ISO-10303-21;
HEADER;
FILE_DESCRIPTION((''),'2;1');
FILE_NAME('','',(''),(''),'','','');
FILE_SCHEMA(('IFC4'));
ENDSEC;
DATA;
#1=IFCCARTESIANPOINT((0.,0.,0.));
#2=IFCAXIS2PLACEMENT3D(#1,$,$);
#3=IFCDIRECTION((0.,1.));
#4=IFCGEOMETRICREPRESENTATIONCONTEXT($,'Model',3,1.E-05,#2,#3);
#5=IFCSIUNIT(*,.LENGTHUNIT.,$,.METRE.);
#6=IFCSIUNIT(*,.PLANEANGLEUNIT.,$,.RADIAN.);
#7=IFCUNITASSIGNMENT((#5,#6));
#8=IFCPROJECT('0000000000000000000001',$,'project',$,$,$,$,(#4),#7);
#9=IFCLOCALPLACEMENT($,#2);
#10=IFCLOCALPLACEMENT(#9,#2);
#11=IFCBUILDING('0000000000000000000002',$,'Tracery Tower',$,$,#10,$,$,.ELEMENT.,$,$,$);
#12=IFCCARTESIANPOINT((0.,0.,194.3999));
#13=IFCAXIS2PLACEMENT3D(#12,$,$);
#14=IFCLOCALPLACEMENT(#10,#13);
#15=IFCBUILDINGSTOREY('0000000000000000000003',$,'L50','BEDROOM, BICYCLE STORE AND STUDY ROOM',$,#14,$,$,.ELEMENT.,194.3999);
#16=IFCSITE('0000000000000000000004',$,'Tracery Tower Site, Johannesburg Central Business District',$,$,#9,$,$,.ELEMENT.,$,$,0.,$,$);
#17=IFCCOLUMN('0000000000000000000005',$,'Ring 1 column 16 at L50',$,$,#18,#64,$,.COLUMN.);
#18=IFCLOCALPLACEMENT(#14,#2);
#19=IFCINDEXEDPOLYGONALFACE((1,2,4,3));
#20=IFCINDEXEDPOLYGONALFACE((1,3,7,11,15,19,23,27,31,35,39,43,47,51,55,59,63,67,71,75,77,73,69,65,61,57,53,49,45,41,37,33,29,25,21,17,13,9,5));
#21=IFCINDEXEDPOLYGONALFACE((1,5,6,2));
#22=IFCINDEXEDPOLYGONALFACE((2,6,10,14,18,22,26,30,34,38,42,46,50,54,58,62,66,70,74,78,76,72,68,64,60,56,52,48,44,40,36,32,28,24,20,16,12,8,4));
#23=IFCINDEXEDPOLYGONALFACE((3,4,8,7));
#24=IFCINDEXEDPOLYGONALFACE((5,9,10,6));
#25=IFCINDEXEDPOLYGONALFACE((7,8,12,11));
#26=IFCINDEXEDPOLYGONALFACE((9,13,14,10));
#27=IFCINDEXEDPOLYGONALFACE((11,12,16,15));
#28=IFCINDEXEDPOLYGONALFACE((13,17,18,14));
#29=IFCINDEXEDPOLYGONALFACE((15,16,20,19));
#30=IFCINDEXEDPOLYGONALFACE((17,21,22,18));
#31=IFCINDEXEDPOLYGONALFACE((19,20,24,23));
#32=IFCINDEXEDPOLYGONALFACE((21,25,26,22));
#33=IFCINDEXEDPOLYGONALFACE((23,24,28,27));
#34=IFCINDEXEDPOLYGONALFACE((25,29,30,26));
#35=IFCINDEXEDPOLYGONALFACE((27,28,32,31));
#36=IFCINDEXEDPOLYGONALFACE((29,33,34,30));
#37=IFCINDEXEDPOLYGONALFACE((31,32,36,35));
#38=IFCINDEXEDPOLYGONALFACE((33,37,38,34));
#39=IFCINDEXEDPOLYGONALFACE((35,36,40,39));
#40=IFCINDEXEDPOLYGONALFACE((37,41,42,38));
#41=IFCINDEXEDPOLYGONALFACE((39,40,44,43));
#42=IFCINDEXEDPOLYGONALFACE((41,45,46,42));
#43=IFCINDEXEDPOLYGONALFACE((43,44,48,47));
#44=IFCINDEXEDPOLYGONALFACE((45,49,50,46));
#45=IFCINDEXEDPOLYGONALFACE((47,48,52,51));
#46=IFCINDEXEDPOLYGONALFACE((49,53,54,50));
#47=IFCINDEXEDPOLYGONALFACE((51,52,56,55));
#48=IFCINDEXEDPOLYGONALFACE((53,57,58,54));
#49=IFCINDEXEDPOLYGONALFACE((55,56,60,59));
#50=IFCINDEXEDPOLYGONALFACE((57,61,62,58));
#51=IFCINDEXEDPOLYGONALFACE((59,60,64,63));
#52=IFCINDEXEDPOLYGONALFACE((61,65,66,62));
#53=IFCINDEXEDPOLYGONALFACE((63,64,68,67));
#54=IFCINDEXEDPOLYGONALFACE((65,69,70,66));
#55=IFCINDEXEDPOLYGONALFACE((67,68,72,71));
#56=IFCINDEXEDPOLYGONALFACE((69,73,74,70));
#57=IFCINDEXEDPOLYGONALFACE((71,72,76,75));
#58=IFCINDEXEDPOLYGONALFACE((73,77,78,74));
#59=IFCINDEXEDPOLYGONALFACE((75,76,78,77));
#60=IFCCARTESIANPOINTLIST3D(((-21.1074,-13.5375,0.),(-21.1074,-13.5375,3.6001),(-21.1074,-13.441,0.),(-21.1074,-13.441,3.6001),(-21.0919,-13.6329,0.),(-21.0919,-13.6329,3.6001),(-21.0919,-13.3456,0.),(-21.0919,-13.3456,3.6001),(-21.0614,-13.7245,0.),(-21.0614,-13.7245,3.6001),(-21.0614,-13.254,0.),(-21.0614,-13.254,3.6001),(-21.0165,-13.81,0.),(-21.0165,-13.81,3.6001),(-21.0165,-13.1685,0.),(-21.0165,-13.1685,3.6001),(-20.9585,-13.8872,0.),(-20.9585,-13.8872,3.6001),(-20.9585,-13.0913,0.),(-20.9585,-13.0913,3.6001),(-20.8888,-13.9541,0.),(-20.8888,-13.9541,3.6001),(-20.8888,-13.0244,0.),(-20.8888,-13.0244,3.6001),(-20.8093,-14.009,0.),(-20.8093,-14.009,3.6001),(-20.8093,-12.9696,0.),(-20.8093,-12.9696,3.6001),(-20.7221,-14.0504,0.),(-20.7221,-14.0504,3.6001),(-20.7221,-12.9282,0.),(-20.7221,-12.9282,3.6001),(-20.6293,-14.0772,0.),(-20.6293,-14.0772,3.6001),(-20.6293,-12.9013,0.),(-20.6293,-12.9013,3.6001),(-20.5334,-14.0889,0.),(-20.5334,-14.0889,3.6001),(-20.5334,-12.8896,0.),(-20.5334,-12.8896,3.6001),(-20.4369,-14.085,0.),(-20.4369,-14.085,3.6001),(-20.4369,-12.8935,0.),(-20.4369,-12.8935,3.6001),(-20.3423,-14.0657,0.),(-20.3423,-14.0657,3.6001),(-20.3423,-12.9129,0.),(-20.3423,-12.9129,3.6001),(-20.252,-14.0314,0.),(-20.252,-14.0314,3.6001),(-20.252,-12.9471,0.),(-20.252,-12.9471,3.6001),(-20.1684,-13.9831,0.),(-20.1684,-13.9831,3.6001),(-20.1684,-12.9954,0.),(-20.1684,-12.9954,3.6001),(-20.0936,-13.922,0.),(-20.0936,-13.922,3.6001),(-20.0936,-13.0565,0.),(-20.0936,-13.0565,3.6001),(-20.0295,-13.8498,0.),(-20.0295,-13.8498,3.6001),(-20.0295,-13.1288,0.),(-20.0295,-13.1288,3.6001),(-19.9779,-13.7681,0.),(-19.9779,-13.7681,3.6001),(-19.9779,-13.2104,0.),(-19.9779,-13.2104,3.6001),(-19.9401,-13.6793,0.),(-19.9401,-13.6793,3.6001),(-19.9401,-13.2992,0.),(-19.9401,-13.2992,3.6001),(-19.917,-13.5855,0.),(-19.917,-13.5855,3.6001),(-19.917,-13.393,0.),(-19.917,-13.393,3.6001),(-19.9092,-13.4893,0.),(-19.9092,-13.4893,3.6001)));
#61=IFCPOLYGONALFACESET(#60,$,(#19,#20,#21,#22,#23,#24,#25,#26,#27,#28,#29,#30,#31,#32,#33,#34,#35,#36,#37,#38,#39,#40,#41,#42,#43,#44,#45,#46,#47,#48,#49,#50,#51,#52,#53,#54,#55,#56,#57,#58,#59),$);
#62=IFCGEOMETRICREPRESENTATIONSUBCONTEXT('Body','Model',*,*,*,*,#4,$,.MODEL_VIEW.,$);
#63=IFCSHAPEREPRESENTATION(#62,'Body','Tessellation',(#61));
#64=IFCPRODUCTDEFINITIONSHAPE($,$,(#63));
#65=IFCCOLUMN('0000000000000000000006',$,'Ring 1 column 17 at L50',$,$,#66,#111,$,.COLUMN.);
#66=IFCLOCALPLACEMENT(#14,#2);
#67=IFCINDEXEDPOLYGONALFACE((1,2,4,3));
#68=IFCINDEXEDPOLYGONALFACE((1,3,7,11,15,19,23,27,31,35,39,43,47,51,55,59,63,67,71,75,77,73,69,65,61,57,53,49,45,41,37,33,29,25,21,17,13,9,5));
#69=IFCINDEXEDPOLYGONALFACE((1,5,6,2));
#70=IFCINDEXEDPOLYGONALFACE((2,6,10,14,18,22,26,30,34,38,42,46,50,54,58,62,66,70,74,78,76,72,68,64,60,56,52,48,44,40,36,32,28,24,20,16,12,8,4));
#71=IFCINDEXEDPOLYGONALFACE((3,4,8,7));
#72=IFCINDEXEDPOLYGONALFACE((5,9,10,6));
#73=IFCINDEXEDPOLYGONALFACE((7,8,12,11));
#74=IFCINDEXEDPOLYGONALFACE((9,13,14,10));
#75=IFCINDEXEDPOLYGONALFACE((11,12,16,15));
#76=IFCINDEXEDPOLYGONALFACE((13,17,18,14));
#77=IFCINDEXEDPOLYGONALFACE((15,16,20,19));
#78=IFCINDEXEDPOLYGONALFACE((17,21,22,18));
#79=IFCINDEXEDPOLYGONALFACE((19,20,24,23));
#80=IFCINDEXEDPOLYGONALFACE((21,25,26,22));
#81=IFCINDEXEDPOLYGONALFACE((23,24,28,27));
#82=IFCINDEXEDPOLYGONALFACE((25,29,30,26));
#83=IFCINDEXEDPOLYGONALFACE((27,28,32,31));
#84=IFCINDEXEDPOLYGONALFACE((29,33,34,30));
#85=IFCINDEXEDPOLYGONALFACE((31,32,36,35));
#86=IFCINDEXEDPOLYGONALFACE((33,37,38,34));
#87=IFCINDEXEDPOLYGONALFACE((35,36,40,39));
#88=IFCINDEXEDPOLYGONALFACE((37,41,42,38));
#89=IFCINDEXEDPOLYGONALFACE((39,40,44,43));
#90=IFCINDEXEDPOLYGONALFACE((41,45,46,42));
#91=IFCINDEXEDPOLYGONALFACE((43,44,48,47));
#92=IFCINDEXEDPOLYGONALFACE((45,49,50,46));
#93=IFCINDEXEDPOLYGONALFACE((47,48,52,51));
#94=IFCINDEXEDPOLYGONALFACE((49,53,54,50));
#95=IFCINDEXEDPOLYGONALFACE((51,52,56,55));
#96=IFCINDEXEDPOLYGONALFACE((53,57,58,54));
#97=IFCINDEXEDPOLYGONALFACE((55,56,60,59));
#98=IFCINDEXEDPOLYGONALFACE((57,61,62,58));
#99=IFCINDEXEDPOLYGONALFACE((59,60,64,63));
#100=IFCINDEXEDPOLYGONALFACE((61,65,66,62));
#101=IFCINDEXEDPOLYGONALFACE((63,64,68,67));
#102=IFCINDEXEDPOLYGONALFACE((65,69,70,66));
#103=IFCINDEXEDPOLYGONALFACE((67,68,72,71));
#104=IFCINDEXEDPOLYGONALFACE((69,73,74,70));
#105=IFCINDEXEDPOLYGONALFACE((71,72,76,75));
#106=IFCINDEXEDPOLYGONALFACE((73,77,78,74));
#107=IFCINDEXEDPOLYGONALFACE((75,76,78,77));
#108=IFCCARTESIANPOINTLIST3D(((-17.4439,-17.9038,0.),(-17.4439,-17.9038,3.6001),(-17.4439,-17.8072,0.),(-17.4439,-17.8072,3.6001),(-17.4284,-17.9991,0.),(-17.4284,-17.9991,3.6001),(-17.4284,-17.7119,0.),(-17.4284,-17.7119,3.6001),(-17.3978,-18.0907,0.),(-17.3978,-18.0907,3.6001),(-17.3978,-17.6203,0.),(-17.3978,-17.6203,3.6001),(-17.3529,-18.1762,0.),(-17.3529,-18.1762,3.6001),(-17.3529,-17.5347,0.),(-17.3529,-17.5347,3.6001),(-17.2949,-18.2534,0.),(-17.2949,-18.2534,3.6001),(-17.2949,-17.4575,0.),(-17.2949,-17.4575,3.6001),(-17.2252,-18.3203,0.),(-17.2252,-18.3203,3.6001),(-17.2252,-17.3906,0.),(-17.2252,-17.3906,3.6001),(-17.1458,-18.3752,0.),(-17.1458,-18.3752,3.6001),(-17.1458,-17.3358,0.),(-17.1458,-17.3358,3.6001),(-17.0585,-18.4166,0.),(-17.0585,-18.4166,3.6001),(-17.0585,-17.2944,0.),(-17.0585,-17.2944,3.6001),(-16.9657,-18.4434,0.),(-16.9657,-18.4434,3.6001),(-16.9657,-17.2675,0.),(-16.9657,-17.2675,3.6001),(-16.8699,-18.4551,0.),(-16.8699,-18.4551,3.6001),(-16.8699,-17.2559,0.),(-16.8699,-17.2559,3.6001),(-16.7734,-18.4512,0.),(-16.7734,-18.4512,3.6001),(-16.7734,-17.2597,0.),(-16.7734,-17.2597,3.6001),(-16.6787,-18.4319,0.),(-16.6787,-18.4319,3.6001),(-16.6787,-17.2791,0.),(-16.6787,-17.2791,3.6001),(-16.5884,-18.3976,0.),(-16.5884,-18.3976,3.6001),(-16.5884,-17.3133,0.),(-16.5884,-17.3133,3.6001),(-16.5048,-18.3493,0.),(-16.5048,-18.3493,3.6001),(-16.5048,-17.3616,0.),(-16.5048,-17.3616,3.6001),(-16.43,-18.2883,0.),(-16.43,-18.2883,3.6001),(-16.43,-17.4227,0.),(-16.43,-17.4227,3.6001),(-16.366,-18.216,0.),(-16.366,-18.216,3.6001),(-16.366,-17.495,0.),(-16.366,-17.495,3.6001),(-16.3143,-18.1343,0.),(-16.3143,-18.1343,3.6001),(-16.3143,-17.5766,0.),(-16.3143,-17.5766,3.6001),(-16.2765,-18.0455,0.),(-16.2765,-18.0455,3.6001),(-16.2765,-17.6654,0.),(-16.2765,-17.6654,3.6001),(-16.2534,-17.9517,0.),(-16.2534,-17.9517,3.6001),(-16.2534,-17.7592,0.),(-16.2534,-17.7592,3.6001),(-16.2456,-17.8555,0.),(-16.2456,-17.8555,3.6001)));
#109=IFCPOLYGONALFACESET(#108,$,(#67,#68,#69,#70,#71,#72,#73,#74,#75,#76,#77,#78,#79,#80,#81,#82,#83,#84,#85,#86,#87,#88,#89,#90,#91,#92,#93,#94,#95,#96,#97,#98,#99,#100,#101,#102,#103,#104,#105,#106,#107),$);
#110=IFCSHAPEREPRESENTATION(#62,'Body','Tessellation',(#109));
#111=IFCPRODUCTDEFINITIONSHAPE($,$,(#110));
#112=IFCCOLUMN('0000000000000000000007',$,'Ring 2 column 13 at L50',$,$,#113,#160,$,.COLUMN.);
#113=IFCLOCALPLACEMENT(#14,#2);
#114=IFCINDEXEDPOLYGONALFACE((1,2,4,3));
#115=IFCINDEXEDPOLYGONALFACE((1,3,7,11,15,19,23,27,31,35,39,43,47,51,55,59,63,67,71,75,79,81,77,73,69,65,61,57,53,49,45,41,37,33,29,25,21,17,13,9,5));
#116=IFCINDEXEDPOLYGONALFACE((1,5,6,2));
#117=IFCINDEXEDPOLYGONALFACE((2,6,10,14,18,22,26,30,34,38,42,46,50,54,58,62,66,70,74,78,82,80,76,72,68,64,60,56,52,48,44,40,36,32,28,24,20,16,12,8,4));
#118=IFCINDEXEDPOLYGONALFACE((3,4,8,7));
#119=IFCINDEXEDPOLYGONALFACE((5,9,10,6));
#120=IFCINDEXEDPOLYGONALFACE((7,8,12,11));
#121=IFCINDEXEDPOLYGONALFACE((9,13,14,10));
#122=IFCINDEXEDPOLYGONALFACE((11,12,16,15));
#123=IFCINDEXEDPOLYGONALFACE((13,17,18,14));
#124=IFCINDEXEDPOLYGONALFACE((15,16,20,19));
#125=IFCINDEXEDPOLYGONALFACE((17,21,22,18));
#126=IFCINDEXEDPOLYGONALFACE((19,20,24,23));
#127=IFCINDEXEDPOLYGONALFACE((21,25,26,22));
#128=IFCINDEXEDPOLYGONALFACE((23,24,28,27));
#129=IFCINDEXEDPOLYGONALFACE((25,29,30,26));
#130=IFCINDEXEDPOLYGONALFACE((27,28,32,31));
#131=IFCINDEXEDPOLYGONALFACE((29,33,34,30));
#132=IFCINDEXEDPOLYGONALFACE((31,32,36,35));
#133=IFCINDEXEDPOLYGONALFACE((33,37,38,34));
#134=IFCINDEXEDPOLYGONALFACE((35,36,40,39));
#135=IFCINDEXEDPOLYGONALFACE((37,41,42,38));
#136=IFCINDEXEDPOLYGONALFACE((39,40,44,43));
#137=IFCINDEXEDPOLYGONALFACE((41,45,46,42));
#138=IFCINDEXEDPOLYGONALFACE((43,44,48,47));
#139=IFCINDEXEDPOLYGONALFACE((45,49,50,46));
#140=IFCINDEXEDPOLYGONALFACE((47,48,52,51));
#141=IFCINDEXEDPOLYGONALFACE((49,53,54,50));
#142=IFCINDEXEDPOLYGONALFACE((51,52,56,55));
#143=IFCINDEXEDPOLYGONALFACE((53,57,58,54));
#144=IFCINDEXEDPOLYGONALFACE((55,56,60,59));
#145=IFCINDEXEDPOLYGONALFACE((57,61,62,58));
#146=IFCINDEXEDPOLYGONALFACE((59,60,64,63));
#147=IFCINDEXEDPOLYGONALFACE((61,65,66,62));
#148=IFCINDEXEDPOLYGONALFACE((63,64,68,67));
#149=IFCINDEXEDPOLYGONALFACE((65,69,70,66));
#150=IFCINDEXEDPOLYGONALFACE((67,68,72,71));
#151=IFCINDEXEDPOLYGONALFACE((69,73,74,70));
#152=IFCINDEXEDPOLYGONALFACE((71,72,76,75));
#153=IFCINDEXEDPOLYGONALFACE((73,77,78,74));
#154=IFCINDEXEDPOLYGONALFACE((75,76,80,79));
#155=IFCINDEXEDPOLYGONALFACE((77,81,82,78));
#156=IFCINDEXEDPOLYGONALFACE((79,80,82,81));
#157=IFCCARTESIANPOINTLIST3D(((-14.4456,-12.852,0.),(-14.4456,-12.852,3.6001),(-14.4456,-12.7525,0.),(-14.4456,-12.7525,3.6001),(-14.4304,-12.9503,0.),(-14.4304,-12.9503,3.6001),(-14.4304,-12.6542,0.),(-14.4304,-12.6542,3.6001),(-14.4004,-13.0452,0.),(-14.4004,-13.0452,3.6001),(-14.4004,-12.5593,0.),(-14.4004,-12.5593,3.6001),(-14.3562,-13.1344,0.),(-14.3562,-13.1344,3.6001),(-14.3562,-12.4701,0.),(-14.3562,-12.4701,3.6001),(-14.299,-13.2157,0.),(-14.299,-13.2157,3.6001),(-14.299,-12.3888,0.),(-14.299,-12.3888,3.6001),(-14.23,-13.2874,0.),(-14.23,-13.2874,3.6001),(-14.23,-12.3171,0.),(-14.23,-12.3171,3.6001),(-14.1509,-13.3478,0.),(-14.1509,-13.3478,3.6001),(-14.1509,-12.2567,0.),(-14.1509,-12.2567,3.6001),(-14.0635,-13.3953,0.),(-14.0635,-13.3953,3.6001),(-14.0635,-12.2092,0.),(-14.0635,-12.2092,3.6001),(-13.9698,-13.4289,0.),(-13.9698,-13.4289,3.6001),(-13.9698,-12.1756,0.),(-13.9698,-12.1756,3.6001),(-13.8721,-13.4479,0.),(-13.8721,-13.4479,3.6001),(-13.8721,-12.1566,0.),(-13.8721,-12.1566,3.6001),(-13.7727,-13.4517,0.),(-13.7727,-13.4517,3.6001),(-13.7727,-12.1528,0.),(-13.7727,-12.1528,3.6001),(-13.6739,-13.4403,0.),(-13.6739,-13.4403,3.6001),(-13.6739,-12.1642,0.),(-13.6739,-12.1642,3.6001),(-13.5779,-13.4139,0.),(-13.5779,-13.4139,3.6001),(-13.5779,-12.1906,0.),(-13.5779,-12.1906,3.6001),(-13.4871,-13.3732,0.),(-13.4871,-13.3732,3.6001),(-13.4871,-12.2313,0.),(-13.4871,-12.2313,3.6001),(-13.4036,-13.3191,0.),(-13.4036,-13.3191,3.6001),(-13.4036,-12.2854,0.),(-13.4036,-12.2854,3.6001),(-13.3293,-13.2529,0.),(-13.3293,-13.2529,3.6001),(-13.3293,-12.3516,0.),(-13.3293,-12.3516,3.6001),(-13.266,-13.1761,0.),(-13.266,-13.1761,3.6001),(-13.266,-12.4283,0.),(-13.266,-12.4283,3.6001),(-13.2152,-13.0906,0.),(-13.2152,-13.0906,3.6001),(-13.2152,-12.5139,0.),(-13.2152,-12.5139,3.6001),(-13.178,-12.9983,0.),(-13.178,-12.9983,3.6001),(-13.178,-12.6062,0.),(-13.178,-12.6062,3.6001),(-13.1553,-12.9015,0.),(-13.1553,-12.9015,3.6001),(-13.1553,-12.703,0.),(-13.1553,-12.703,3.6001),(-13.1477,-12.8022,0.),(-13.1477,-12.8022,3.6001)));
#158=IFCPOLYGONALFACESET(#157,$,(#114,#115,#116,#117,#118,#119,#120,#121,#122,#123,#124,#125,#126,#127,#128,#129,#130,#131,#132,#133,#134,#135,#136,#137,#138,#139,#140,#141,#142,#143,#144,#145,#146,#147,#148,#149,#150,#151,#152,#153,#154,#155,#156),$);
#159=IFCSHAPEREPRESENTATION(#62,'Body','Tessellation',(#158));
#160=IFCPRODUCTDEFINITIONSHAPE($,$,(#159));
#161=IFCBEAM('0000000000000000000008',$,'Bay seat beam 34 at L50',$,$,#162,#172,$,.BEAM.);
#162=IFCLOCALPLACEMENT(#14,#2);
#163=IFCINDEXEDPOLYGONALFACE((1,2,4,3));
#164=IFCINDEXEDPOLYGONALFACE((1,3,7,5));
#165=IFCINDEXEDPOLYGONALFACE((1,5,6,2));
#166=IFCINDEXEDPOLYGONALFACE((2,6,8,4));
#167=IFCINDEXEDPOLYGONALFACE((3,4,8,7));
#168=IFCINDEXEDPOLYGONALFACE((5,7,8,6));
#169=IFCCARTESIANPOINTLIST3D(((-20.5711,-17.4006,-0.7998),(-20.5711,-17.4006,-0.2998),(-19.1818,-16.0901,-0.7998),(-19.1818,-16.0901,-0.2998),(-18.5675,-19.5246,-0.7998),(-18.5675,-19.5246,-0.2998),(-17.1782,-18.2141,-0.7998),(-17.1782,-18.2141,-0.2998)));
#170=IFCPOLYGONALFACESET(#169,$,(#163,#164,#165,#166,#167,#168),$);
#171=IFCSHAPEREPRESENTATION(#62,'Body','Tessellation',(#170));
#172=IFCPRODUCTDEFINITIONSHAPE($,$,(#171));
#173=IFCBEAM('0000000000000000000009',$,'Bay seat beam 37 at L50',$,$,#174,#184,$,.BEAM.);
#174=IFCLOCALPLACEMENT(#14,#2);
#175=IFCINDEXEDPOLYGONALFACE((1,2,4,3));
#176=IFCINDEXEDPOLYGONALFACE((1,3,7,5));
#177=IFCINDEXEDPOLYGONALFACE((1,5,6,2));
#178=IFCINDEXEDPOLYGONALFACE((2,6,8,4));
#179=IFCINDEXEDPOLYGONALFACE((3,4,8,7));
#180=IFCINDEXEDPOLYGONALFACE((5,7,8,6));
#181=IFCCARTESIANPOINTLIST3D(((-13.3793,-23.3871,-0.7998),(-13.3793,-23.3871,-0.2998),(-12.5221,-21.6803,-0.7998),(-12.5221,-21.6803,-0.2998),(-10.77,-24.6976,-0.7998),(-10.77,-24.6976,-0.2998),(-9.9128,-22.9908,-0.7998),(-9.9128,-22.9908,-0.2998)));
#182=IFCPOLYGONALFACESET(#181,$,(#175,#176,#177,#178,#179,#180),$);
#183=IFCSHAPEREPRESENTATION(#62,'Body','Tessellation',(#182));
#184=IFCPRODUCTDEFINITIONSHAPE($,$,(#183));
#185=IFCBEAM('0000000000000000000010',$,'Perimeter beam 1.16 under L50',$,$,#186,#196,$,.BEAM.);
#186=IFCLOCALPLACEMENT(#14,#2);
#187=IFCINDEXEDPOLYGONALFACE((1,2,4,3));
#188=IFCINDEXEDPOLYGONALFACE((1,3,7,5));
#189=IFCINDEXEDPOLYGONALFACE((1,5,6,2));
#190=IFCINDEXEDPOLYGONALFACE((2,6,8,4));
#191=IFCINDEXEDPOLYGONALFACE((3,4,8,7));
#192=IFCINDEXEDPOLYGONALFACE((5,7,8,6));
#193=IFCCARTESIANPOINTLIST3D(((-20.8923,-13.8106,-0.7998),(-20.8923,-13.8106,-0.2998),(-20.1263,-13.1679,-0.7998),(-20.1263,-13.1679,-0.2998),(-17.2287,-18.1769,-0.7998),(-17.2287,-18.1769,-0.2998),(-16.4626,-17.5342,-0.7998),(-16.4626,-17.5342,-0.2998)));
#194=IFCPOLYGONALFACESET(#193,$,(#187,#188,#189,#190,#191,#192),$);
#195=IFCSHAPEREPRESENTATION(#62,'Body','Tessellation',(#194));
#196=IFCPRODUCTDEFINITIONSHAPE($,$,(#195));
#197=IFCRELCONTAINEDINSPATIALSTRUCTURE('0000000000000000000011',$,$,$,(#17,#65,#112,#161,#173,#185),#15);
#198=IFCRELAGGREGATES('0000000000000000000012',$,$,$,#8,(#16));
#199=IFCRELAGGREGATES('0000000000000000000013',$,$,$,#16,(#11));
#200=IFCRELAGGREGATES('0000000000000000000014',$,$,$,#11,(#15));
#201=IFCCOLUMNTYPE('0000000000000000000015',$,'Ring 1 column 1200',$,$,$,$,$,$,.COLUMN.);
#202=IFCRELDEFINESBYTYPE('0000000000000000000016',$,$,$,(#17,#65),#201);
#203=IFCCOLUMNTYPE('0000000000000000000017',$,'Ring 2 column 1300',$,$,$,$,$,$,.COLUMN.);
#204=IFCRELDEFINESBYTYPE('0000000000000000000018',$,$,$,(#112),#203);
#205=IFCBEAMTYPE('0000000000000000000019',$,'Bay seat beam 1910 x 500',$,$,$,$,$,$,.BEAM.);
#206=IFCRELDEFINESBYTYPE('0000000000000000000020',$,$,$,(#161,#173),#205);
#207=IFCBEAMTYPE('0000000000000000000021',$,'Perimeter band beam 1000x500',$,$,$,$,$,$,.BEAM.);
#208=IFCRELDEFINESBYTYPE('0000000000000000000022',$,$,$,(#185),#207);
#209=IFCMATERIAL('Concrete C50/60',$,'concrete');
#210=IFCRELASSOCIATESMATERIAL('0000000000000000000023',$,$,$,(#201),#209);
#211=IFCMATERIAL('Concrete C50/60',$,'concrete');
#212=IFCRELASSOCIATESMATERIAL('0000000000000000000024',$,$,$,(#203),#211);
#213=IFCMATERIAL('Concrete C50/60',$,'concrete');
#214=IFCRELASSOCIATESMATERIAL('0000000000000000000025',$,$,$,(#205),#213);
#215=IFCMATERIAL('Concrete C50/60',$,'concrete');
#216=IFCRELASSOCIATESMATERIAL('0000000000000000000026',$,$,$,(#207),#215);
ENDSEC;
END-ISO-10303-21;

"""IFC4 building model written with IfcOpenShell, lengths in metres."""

from ifc_helpers import new_model, si_unit, direction, frame, origin, origin_2d, place, context, subcontext, project, spatial, rectangle, circle, extrude, material, material_profile, profile_set, type_object, element, save


model = new_model("IFC4")

# Units and contexts
model_context = context("Model", 3, precision=1e-05, world=origin(), true_north=direction((0.0, 1.0)))
body_context = subcontext(model_context, "Body", "Model", "MODEL_VIEW")
ifc_project = project(units=[si_unit("LENGTHUNIT", "METRE"), si_unit("PLANEANGLEUNIT", "RADIAN")], contexts=[model_context])

# Site, building, storey
site_placement = place(None, origin())
site = spatial("IfcSite", under=ifc_project, at=site_placement, Name="Tracery Tower Site, Johannesburg Central Business District", CompositionType="ELEMENT", RefElevation=0.0)
building_placement = place(site_placement, origin())
building = spatial("IfcBuilding", under=site, at=building_placement, Name="Tracery Tower", CompositionType="ELEMENT")
storey_placement = place(building_placement, frame((0.0, 0.0, 194.3999)))
storey = spatial("IfcBuildingStorey", under=building, at=storey_placement, Name="L50", Description="BEDROOM, BICYCLE STORE AND STUDY ROOM", CompositionType="ELEMENT", Elevation=194.3999)

# Columns
ifc_material_1 = material(Name="Concrete C50/60", Category="concrete")
ifc_material_profile_1 = material_profile(ifc_material_1, circle(Radius=0.6001, at=origin_2d()), Name="RC D1200")
ifc_profile_set_1 = profile_set([ifc_material_profile_1], Name="Concrete C50/60")
column_type_1 = type_object("IfcColumnType", Name="Ring 1 column 1200", PredefinedType="COLUMN", material=ifc_profile_set_1)
for number, where, z_axis, x_axis, name in (
    (1, (-20.5093, -13.4893, 0.0), (0.0, 0.0, 1.0), (1.0, 0.0, 0.0), "Ring 1 column 16 at L50"),
    (2, (-16.8457, -17.8555, 0.0), (0.0, 0.0, 1.0), (1.0, 0.0, 0.0), "Ring 1 column 17 at L50"),
):
    element("IfcColumn", number, at=place(storey_placement, frame(where, z_axis=z_axis, x_axis=x_axis)), inside=storey, type_object=column_type_1, Name=name, PredefinedType="COLUMN", context=body_context, shape_type="SweptSolid", body=[
        extrude(circle(Radius=0.6001, at=origin_2d()), origin(), (0.0, 0.0, 1.0), 3.6001),
    ])
ifc_material_2 = material(Name="Concrete C50/60", Category="concrete")
ifc_material_profile_2 = material_profile(ifc_material_2, circle(Radius=0.6499, at=origin_2d()), Name="RC D1300")
ifc_profile_set_2 = profile_set([ifc_material_profile_2], Name="Concrete C50/60")
column_type_2 = type_object("IfcColumnType", Name="Ring 2 column 1300", PredefinedType="COLUMN", material=ifc_profile_set_2)
column_placement = place(storey_placement, frame((-13.7976, -12.8022, 0.0), z_axis=(0.0, 0.0, 1.0), x_axis=(1.0, 0.0, 0.0)))
element("IfcColumn", 3, at=column_placement, inside=storey, type_object=column_type_2, Name="Ring 2 column 13 at L50", PredefinedType="COLUMN", context=body_context, shape_type="SweptSolid", body=[
    extrude(circle(Radius=0.6499, at=origin_2d()), origin(), (0.0, 0.0, 1.0), 3.6001),
])

# Beams
ifc_material_3 = material(Name="Concrete C50/60", Category="concrete")
ifc_material_profile_3 = material_profile(ifc_material_3, rectangle(XDim=1.9099, YDim=0.5, at=origin_2d()), Name="RC 1910x500")
ifc_profile_set_3 = profile_set([ifc_material_profile_3], Name="Concrete C50/60")
beam_type_1 = type_object("IfcBeamType", Name="Bay seat beam 1910 x 500", PredefinedType="BEAM", material=ifc_profile_set_3)
for number, where, z_axis, x_axis, name in (
    (4, (-19.8765, -16.7454, -0.5498), (0.686196, -0.727416, 0.0), (0.727416, 0.686196, 0.0), "Bay seat beam 34 at L50"),
    (5, (-12.9507, -22.5337, -0.5498), (0.893623, -0.448818, 0.0), (0.448818, 0.893623, 0.0), "Bay seat beam 37 at L50"),
):
    element("IfcBeam", number, at=place(storey_placement, frame(where, z_axis=z_axis, x_axis=x_axis)), inside=storey, type_object=beam_type_1, Name=name, PredefinedType="BEAM", context=body_context, shape_type="SweptSolid", body=[
        extrude(rectangle(XDim=1.9099, YDim=0.5, at=origin_2d()), origin(), (0.0, 0.0, 1.0), 2.9199),
    ])
ifc_material_4 = material(Name="Concrete C50/60", Category="concrete")
ifc_material_profile_4 = material_profile(ifc_material_4, rectangle(XDim=1.0, YDim=0.5, at=origin_2d()), Name="RC 1000x500")
ifc_profile_set_4 = profile_set([ifc_material_profile_4], Name="Concrete C50/60")
beam_type_2 = type_object("IfcBeamType", Name="Perimeter band beam 1000x500", PredefinedType="BEAM", material=ifc_profile_set_4)
beam_1_placement = place(storey_placement, frame((-20.5093, -13.4893, -0.5498), z_axis=(0.642776, -0.766054, 0.0), x_axis=(0.766054, 0.642776, 0.0)))
element("IfcBeam", 6, at=beam_1_placement, inside=storey, type_object=beam_type_2, Name="Perimeter beam 1.16 under L50", PredefinedType="BEAM", context=body_context, shape_type="SweptSolid", body=[
    extrude(rectangle(XDim=1.0, YDim=0.5, at=origin_2d()), origin(), (0.0, 0.0, 1.0), 5.6997),
])

save(model, "model.ifc")
